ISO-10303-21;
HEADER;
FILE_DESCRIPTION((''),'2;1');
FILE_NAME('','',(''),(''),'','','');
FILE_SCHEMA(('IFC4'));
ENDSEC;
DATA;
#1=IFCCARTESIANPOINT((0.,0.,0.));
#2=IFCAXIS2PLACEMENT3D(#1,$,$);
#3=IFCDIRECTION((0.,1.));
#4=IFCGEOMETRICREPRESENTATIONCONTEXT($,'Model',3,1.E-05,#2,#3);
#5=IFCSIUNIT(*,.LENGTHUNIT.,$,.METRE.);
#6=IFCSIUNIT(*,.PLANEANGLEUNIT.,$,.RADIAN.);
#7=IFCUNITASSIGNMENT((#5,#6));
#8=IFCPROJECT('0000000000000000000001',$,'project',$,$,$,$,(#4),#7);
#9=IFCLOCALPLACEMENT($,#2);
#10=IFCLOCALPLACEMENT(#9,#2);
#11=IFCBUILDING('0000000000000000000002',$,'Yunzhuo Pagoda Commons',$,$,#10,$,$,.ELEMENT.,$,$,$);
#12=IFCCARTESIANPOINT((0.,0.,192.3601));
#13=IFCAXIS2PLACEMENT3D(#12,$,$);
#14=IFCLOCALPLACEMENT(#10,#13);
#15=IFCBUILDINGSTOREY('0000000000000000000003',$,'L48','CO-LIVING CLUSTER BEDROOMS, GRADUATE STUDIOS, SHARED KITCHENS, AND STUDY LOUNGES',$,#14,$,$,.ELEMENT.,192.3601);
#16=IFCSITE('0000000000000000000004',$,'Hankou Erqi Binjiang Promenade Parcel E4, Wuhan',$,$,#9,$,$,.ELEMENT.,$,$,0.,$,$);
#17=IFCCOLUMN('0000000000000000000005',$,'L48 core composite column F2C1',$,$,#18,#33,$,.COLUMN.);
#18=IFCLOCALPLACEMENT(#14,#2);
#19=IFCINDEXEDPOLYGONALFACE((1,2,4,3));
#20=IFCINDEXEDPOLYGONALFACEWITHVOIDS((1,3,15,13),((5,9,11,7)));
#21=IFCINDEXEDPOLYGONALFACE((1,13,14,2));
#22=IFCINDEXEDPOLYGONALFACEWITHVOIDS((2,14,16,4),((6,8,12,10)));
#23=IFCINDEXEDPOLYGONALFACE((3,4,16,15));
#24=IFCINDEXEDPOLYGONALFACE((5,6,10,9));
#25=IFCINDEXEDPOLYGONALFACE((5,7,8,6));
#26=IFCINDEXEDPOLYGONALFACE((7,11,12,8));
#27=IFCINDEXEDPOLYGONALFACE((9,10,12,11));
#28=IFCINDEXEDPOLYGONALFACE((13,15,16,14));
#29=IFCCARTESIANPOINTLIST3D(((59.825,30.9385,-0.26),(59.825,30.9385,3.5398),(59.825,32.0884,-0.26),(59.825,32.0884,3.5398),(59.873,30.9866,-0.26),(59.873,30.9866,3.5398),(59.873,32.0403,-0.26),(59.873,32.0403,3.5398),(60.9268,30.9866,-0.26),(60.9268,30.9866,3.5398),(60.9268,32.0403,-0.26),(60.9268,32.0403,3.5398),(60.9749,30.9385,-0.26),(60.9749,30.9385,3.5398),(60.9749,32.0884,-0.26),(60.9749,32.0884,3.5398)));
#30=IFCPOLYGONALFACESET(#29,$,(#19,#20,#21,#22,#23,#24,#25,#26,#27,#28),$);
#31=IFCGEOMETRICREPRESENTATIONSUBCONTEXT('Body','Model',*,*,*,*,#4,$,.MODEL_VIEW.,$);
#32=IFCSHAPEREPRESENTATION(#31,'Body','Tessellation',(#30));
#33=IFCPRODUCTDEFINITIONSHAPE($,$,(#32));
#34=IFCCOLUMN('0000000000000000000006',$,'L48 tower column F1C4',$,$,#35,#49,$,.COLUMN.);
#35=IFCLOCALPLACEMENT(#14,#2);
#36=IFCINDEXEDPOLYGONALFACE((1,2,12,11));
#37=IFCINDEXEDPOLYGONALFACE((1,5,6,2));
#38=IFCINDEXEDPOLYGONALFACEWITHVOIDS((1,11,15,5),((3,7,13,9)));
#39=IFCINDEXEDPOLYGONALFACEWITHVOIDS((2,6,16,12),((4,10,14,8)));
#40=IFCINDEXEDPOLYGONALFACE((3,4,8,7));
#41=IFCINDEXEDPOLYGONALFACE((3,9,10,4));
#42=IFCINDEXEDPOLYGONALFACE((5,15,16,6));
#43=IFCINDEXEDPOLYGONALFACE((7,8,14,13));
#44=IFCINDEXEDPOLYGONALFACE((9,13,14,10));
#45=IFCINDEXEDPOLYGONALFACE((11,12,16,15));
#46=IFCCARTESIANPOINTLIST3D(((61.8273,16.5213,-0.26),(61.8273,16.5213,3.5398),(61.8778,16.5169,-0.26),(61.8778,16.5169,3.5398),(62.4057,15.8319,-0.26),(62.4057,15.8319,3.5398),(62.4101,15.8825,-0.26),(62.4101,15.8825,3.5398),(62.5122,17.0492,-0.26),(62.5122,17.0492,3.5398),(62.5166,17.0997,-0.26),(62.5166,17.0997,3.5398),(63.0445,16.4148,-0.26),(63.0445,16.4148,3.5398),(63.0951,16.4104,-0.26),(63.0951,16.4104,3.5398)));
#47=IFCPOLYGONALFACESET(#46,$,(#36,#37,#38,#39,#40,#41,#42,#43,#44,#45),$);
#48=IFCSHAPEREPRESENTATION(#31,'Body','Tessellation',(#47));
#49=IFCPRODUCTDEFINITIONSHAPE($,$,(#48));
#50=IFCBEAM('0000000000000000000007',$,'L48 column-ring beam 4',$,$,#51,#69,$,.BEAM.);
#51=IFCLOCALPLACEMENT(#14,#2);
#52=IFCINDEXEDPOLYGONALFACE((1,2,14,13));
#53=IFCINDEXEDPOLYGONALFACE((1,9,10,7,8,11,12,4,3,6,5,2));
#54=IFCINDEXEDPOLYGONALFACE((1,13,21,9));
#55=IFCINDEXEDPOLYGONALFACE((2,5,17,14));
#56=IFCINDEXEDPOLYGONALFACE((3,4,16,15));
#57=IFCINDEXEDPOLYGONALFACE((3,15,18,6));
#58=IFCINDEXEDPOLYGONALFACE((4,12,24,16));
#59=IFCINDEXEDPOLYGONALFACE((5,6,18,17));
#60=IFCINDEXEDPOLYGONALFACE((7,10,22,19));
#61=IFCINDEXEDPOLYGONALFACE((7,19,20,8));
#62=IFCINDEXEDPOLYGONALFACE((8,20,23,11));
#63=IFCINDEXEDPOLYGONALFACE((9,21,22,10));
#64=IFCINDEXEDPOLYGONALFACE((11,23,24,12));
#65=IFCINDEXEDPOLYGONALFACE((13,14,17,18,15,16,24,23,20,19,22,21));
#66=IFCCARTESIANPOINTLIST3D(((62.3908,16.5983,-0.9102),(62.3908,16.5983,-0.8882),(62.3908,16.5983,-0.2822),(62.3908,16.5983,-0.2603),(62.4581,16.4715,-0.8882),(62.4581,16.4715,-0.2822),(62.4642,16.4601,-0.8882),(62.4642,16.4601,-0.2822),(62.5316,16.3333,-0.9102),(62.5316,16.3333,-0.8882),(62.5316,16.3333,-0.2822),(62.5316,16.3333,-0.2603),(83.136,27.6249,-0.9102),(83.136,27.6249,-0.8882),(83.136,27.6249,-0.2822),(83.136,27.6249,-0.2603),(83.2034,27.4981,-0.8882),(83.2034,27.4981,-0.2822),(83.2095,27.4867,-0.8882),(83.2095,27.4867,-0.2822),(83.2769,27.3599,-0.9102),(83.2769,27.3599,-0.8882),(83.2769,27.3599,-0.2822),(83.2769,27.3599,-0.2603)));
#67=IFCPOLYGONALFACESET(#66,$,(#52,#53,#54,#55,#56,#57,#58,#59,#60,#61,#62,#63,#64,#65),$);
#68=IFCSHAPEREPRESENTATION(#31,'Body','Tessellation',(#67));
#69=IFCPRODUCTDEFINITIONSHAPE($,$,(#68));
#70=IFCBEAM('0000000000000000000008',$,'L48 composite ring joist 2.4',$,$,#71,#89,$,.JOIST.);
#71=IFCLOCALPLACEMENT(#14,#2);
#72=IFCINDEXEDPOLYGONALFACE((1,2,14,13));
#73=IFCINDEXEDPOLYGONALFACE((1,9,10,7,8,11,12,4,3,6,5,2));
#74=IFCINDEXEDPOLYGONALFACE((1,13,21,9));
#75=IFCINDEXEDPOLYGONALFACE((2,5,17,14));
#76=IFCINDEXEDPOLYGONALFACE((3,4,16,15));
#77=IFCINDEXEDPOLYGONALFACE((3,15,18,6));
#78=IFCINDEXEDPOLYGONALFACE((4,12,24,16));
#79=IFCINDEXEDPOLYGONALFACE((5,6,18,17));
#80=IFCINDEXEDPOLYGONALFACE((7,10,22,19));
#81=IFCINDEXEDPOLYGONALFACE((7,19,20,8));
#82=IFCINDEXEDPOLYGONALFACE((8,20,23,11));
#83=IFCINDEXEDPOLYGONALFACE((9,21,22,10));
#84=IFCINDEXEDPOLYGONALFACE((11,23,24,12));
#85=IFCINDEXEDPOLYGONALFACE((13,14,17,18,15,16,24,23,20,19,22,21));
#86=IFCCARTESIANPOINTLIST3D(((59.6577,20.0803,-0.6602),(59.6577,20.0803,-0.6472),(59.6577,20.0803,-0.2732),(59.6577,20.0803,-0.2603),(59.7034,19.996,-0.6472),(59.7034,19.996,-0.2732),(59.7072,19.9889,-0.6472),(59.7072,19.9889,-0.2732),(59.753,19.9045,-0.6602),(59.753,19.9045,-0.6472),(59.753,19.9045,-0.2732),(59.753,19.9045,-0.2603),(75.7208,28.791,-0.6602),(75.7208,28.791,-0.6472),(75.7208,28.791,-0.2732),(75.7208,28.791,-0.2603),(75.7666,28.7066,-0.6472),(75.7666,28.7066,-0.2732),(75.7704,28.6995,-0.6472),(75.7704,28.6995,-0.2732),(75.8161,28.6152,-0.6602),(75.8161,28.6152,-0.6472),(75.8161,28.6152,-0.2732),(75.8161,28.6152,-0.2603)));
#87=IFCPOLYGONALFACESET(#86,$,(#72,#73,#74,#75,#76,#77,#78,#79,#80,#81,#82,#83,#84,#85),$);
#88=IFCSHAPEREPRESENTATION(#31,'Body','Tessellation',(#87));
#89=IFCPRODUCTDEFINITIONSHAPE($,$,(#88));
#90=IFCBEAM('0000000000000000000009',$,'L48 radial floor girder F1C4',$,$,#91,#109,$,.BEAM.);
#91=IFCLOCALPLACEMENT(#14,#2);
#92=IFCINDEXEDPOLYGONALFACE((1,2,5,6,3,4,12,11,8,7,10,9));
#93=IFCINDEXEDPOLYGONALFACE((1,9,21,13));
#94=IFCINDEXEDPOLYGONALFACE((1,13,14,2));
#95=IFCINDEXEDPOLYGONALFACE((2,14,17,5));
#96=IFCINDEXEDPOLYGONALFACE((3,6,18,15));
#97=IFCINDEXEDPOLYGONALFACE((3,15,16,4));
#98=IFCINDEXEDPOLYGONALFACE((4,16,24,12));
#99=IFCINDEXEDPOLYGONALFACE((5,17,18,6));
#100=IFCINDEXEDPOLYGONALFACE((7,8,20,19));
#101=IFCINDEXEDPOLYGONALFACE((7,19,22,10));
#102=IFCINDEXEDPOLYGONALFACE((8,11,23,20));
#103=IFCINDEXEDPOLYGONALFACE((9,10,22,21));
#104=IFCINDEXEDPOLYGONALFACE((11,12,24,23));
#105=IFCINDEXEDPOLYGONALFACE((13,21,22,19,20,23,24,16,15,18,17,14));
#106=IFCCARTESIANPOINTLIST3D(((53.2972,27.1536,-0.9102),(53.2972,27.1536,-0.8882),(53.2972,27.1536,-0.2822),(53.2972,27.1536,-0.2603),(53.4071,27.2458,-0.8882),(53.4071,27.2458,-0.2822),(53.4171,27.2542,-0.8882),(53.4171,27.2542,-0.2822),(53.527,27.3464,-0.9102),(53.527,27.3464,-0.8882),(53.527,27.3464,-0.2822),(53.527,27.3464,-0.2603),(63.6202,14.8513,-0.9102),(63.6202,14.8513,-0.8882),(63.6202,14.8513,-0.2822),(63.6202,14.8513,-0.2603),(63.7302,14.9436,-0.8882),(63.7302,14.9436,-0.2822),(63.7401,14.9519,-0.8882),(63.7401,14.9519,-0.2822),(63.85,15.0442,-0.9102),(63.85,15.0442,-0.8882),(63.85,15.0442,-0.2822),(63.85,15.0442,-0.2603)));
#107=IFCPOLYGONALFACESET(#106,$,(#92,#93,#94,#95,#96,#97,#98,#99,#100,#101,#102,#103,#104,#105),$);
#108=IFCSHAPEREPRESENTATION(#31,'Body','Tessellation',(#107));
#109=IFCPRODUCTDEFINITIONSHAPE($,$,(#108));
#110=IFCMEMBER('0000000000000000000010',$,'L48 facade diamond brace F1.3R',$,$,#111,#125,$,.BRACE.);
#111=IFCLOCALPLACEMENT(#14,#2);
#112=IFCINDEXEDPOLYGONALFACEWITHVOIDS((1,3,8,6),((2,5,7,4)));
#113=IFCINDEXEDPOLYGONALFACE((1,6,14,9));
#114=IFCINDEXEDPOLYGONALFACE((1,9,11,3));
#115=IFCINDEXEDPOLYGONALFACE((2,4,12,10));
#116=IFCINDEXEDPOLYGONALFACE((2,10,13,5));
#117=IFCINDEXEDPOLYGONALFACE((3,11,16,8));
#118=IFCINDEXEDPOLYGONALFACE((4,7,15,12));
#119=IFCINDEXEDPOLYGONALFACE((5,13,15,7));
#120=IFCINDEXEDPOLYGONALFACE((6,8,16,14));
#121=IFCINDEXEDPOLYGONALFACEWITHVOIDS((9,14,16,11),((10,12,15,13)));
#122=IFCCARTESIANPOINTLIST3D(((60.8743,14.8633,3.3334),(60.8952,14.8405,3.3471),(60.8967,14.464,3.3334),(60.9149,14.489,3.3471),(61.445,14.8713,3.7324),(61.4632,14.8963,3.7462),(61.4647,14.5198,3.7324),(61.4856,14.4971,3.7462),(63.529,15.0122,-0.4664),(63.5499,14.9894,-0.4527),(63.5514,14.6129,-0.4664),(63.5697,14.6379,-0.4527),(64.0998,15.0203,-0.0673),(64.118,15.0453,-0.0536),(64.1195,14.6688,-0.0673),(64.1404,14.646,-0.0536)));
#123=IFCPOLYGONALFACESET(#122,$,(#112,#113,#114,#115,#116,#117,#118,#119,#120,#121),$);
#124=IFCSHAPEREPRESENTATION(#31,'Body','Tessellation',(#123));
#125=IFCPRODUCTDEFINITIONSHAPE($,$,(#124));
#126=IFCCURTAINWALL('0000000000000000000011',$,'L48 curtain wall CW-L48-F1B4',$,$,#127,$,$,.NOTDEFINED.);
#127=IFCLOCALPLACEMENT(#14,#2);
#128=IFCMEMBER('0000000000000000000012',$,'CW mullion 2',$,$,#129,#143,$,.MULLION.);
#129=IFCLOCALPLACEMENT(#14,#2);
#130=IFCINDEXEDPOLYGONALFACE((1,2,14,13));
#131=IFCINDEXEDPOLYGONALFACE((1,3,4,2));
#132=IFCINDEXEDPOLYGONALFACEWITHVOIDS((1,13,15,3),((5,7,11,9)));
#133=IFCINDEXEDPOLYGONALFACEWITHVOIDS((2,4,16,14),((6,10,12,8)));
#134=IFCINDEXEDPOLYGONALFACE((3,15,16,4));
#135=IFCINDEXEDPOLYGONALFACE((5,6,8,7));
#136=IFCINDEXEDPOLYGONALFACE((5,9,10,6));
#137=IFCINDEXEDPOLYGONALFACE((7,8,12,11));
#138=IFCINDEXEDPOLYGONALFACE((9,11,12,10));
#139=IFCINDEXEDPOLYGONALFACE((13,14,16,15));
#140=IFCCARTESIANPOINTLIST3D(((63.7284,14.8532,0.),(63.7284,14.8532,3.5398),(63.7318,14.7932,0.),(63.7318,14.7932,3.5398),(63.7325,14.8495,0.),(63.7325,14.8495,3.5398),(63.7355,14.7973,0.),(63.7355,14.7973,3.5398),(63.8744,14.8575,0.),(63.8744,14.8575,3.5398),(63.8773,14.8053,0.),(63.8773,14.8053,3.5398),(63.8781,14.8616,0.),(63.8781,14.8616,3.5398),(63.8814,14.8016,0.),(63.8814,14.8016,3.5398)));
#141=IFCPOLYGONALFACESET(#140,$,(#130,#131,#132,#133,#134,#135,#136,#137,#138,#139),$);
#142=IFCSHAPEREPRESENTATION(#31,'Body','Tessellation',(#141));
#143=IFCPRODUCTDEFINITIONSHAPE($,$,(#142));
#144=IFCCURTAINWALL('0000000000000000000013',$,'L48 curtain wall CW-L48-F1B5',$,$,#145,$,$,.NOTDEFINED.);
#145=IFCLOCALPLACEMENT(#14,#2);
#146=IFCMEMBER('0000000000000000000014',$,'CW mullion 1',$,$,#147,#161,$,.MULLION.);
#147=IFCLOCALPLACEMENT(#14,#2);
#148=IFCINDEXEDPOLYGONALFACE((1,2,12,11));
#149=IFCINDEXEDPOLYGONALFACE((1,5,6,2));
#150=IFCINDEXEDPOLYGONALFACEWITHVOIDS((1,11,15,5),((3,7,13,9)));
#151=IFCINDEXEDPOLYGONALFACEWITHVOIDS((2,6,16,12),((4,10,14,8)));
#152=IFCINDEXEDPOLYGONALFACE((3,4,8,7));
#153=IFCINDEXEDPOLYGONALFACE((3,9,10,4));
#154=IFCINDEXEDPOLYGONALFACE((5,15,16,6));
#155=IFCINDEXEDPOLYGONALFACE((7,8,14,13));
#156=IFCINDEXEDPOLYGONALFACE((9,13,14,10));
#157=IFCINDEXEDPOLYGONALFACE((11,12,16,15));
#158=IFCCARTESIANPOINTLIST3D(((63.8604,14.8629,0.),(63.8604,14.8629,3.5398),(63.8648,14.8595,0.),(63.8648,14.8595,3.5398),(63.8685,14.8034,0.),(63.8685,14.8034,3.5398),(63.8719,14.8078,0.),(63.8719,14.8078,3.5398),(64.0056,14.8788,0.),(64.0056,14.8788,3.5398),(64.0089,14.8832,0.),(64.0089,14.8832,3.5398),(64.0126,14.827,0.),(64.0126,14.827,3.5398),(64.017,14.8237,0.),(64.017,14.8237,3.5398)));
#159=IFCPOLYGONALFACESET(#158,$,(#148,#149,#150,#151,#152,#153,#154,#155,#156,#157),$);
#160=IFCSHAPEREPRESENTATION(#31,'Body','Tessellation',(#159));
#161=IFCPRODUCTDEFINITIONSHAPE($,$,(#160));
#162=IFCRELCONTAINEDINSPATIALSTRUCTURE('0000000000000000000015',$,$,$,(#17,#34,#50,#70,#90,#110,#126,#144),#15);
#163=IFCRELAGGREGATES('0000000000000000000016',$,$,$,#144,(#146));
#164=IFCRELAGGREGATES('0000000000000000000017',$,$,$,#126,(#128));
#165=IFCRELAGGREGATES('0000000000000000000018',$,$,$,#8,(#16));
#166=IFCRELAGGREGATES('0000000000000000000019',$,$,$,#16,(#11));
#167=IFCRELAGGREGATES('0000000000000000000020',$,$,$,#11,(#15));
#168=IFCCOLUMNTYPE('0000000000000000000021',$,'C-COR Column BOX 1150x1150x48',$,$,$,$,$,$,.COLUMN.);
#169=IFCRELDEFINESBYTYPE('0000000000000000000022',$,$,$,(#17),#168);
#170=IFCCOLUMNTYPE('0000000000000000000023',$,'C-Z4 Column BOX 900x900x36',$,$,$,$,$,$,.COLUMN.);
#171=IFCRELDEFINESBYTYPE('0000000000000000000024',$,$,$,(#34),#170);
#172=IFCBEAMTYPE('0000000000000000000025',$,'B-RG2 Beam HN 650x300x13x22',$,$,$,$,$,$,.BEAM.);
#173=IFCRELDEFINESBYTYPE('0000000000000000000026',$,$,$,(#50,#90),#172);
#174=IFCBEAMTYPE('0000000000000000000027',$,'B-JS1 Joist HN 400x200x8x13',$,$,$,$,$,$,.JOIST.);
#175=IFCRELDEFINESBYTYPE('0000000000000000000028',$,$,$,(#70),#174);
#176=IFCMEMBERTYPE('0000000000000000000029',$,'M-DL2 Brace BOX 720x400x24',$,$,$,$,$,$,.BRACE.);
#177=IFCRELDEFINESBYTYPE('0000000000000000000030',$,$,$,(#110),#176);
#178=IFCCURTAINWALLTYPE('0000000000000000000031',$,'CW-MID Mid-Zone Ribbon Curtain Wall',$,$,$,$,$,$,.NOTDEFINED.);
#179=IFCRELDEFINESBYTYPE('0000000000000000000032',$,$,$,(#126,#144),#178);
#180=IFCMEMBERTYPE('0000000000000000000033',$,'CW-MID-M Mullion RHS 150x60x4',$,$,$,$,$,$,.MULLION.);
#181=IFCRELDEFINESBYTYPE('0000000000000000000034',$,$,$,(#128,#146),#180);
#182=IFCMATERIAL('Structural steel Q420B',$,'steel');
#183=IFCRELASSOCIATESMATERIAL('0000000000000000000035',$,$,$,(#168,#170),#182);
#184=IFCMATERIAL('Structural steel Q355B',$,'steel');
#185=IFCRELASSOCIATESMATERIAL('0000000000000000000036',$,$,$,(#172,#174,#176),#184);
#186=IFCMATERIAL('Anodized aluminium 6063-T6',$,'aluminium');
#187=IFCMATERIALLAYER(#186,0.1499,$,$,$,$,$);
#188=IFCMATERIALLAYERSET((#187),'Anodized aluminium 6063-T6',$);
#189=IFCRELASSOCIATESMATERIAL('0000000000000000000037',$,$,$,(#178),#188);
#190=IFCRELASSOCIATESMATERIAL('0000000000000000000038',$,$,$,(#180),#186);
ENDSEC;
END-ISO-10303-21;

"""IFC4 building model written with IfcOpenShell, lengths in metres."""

from ifc_helpers import new_model, si_unit, direction, frame, origin, origin_2d, place, context, subcontext, project, spatial, hollow_rectangle, i_section, extrude, source, transform, mapped, material, layer, layer_set, material_profile, profile_set, type_object, element, aggregate, save


model = new_model("IFC4")

# Units and contexts
model_context = context("Model", 3, precision=1e-05, world=origin(), true_north=direction((0.0, 1.0)))
body_context = subcontext(model_context, "Body", "Model", "MODEL_VIEW")
ifc_project = project(units=[si_unit("LENGTHUNIT", "METRE"), si_unit("PLANEANGLEUNIT", "RADIAN")], contexts=[model_context])

# Site, building, storey
site_placement = place(None, origin())
site = spatial("IfcSite", under=ifc_project, at=site_placement, Name="Hankou Erqi Binjiang Promenade Parcel E4, Wuhan", CompositionType="ELEMENT", RefElevation=0.0)
building_placement = place(site_placement, origin())
building = spatial("IfcBuilding", under=site, at=building_placement, Name="Yunzhuo Pagoda Commons", CompositionType="ELEMENT")
storey_placement = place(building_placement, frame((0.0, 0.0, 192.3601)))
storey = spatial("IfcBuildingStorey", under=building, at=storey_placement, Name="L48", Description="CO-LIVING CLUSTER BEDROOMS, GRADUATE STUDIOS, SHARED KITCHENS, AND STUDY LOUNGES", CompositionType="ELEMENT", Elevation=192.3601)

# Columns
ifc_material_1 = material(Name="Structural steel Q420B", Category="steel")
ifc_material_profile_1 = material_profile(ifc_material_1, hollow_rectangle(XDim=1.1499, YDim=1.1499, WallThickness=0.0481, at=origin_2d()), Name="Structural steel Q420B")
ifc_profile_set_1 = profile_set([ifc_material_profile_1], Name="Structural steel Q420B")
column_type_1 = type_object("IfcColumnType", Name="C-COR Column BOX 1150x1150x48", PredefinedType="COLUMN", material=ifc_profile_set_1)
shared_shape_1 = source(origin(), body_context, "Body", "SweptSolid", [
    extrude(hollow_rectangle(XDim=1.1499, YDim=1.1499, WallThickness=0.0481, at=origin_2d()), origin(), (0.0, 0.0, 1.0), 3.7998),
])
column_1_placement = place(storey_placement, frame((60.3999, 31.5134, -0.26), z_axis=(0.0, 0.0, 1.0), x_axis=(1.0, 0.0, 0.0)))
element("IfcColumn", 1, at=column_1_placement, inside=storey, type_object=column_type_1, Name="L48 core composite column F2C1", PredefinedType="COLUMN", context=body_context, shape_type="MappedRepresentation", body=[
    mapped(shared_shape_1, transform((0.0, 0.0, 0.0), scale=1.0)),
])
ifc_material_profile_2 = material_profile(ifc_material_1, hollow_rectangle(XDim=0.8999, YDim=0.8999, WallThickness=0.0359, at=origin_2d()), Name="Structural steel Q420B")
ifc_profile_set_2 = profile_set([ifc_material_profile_2], Name="Structural steel Q420B")
column_type_2 = type_object("IfcColumnType", Name="C-Z4 Column BOX 900x900x36", PredefinedType="COLUMN", material=ifc_profile_set_2)
shared_shape_2 = source(origin(), body_context, "Body", "SweptSolid", [
    extrude(hollow_rectangle(XDim=0.8999, YDim=0.8999, WallThickness=0.0359, at=origin_2d()), origin(), (0.0, 0.0, 1.0), 3.7998),
])
column_2_placement = place(storey_placement, frame((62.4612, 16.4658, -0.26), z_axis=(0.0, 0.0, 1.0), x_axis=(0.766044, 0.642788, 0.0)))
element("IfcColumn", 2, at=column_2_placement, inside=storey, type_object=column_type_2, Name="L48 tower column F1C4", PredefinedType="COLUMN", context=body_context, shape_type="MappedRepresentation", body=[
    mapped(shared_shape_2, transform((0.0, 0.0, 0.0), scale=1.0)),
])

# Beams
ifc_material_2 = material(Name="Structural steel Q355B", Category="steel")
ifc_material_profile_3 = material_profile(ifc_material_2, i_section(OverallWidth=0.3, OverallDepth=0.6499, WebThickness=0.0129, FlangeThickness=0.022, at=origin_2d()), Name="Structural steel Q355B")
ifc_profile_set_3 = profile_set([ifc_material_profile_3], Name="Structural steel Q355B")
beam_type_1 = type_object("IfcBeamType", Name="B-RG2 Beam HN 650x300x13x22", PredefinedType="BEAM", material=ifc_profile_set_3)
shared_shape_3 = source(origin(), body_context, "Body", "SweptSolid", [
    extrude(i_section(OverallWidth=0.3, OverallDepth=0.6499, WebThickness=0.0129, FlangeThickness=0.022, at=origin_2d()), origin(), (0.0, 0.0, 1.0), 23.4937),
])
beam_1_placement = place(storey_placement, frame((62.4612, 16.4658, -0.5852), z_axis=(0.883016, 0.469342, 0.0), x_axis=(-0.469342, 0.883016, 0.0)))
element("IfcBeam", 3, at=beam_1_placement, inside=storey, type_object=beam_type_1, Name="L48 column-ring beam 4", PredefinedType="BEAM", context=body_context, shape_type="MappedRepresentation", body=[
    mapped(shared_shape_3, transform((0.0, 0.0, 0.0), scale=1.0)),
])
ifc_material_profile_4 = material_profile(ifc_material_2, i_section(OverallWidth=0.2, OverallDepth=0.3999, WebThickness=0.0081, FlangeThickness=0.0129, at=origin_2d()), Name="Structural steel Q355B")
ifc_profile_set_4 = profile_set([ifc_material_profile_4], Name="Structural steel Q355B")
beam_type_2 = type_object("IfcBeamType", Name="B-JS1 Joist HN 400x200x8x13", PredefinedType="JOIST", material=ifc_profile_set_4)
shared_shape_4 = source(origin(), body_context, "Body", "SweptSolid", [
    extrude(i_section(OverallWidth=0.2, OverallDepth=0.3999, WebThickness=0.0081, FlangeThickness=0.0129, at=origin_2d()), origin(), (0.0, 0.0, 1.0), 18.2729),
])
beam_2_placement = place(storey_placement, frame((59.7053, 19.9924, -0.4602), z_axis=(0.879068, 0.476697, 0.0), x_axis=(-0.476697, 0.879068, 0.0)))
element("IfcBeam", 4, at=beam_2_placement, inside=storey, type_object=beam_type_2, Name="L48 composite ring joist 2.4", PredefinedType="JOIST", context=body_context, shape_type="MappedRepresentation", body=[
    mapped(shared_shape_4, transform((0.0, 0.0, 0.0), scale=1.0)),
])
shared_shape_5 = source(origin(), body_context, "Body", "SweptSolid", [
    extrude(i_section(OverallWidth=0.3, OverallDepth=0.6499, WebThickness=0.0129, FlangeThickness=0.022, at=origin_2d()), origin(), (0.0, 0.0, 1.0), 16.0596),
])
beam_3_placement = place(storey_placement, frame((63.7351, 14.9478, -0.5852), z_axis=(-0.642794, 0.766039, 0.0), x_axis=(-0.766039, -0.642794, 0.0)))
element("IfcBeam", 5, at=beam_3_placement, inside=storey, type_object=beam_type_1, Name="L48 radial floor girder F1C4", PredefinedType="BEAM", context=body_context, shape_type="MappedRepresentation", body=[
    mapped(shared_shape_5, transform((0.0, 0.0, 0.0), scale=1.0)),
])

# Member
ifc_material_profile_5 = material_profile(ifc_material_2, hollow_rectangle(XDim=0.3999, YDim=0.72, WallThickness=0.0239, at=origin_2d()), Name="Structural steel Q355B")
ifc_profile_set_5 = profile_set([ifc_material_profile_5], Name="Structural steel Q355B")
member_type_1 = type_object("IfcMemberType", Name="M-DL2 Brace BOX 720x400x24", PredefinedType="BRACE", material=ifc_profile_set_5)
shared_shape_6 = source(origin(), body_context, "Body", "SweptSolid", [
    extrude(hollow_rectangle(XDim=0.3999, YDim=0.72, WallThickness=0.0239, at=origin_2d()), origin(), (0.0, 0.0, 1.0), 4.6377),
])
member_1_placement = place(storey_placement, frame((63.8347, 14.8291, -0.26), z_axis=(-0.572431, -0.032112, 0.819324), x_axis=(0.056009, -0.99843, 0.0)))
element("IfcMember", 6, at=member_1_placement, inside=storey, type_object=member_type_1, Name="L48 facade diamond brace F1.3R", PredefinedType="BRACE", context=body_context, shape_type="MappedRepresentation", body=[
    mapped(shared_shape_6, transform((0.0, 0.0, 0.0), scale=1.0)),
])

# Curtain wall, member
ifc_material_3 = material(Name="Anodized aluminium 6063-T6", Category="aluminium")
ifc_layer_1 = layer(ifc_material_3, 0.1499)
ifc_layer_set_1 = layer_set([ifc_layer_1], Name="Anodized aluminium 6063-T6")
curtain_wall_type = type_object("IfcCurtainWallType", Name="CW-MID Mid-Zone Ribbon Curtain Wall", PredefinedType="NOTDEFINED", material=ifc_layer_set_1)
curtain_wall_1_placement = place(storey_placement, origin())
curtain_wall_1 = element("IfcCurtainWall", 7, at=curtain_wall_1_placement, inside=storey, type_object=curtain_wall_type, Name="L48 curtain wall CW-L48-F1B4", PredefinedType="NOTDEFINED")
ifc_material_profile_6 = material_profile(ifc_material_3, hollow_rectangle(XDim=0.0601, YDim=0.1499, WallThickness=0.0039, at=origin_2d()), Name="Anodized aluminium 6063-T6")
ifc_profile_set_6 = profile_set([ifc_material_profile_6], Name="Anodized aluminium 6063-T6")
member_type_2 = type_object("IfcMemberType", Name="CW-MID-M Mullion RHS 150x60x4", PredefinedType="MULLION", material=ifc_profile_set_6)
shared_shape_7 = source(origin(), body_context, "Body", "SweptSolid", [
    extrude(hollow_rectangle(XDim=0.0601, YDim=0.1499, WallThickness=0.0039, at=origin_2d()), origin(), (0.0, 0.0, 1.0), 3.5398),
])
member_2_placement = place(storey_placement, frame((63.8049, 14.8274, 0.0), z_axis=(0.0, 0.0, 1.0), x_axis=(-0.055983, 0.998432, 0.0)))
member_2 = element("IfcMember", 8, at=member_2_placement, type_object=member_type_2, Name="CW mullion 2", PredefinedType="MULLION", context=body_context, shape_type="MappedRepresentation", body=[
    mapped(shared_shape_7, transform((0.0, 0.0, 0.0), scale=1.0)),
])

# Curtain wall, member
curtain_wall_2_placement = place(storey_placement, origin())
curtain_wall_2 = element("IfcCurtainWall", 9, at=curtain_wall_2_placement, inside=storey, type_object=curtain_wall_type, Name="L48 curtain wall CW-L48-F1B5", PredefinedType="NOTDEFINED")
member_3_placement = place(storey_placement, frame((63.9387, 14.8433, 0.0), z_axis=(0.0, 0.0, 1.0), x_axis=(-0.135312, 0.990803, 0.0)))
member_3 = element("IfcMember", 10, at=member_3_placement, type_object=member_type_2, Name="CW mullion 1", PredefinedType="MULLION", context=body_context, shape_type="MappedRepresentation", body=[
    mapped(shared_shape_7, transform((0.0, 0.0, 0.0), scale=1.0)),
])
aggregate(curtain_wall_2, [member_3])

aggregate(curtain_wall_1, [member_2])

save(model, "model.ifc")
